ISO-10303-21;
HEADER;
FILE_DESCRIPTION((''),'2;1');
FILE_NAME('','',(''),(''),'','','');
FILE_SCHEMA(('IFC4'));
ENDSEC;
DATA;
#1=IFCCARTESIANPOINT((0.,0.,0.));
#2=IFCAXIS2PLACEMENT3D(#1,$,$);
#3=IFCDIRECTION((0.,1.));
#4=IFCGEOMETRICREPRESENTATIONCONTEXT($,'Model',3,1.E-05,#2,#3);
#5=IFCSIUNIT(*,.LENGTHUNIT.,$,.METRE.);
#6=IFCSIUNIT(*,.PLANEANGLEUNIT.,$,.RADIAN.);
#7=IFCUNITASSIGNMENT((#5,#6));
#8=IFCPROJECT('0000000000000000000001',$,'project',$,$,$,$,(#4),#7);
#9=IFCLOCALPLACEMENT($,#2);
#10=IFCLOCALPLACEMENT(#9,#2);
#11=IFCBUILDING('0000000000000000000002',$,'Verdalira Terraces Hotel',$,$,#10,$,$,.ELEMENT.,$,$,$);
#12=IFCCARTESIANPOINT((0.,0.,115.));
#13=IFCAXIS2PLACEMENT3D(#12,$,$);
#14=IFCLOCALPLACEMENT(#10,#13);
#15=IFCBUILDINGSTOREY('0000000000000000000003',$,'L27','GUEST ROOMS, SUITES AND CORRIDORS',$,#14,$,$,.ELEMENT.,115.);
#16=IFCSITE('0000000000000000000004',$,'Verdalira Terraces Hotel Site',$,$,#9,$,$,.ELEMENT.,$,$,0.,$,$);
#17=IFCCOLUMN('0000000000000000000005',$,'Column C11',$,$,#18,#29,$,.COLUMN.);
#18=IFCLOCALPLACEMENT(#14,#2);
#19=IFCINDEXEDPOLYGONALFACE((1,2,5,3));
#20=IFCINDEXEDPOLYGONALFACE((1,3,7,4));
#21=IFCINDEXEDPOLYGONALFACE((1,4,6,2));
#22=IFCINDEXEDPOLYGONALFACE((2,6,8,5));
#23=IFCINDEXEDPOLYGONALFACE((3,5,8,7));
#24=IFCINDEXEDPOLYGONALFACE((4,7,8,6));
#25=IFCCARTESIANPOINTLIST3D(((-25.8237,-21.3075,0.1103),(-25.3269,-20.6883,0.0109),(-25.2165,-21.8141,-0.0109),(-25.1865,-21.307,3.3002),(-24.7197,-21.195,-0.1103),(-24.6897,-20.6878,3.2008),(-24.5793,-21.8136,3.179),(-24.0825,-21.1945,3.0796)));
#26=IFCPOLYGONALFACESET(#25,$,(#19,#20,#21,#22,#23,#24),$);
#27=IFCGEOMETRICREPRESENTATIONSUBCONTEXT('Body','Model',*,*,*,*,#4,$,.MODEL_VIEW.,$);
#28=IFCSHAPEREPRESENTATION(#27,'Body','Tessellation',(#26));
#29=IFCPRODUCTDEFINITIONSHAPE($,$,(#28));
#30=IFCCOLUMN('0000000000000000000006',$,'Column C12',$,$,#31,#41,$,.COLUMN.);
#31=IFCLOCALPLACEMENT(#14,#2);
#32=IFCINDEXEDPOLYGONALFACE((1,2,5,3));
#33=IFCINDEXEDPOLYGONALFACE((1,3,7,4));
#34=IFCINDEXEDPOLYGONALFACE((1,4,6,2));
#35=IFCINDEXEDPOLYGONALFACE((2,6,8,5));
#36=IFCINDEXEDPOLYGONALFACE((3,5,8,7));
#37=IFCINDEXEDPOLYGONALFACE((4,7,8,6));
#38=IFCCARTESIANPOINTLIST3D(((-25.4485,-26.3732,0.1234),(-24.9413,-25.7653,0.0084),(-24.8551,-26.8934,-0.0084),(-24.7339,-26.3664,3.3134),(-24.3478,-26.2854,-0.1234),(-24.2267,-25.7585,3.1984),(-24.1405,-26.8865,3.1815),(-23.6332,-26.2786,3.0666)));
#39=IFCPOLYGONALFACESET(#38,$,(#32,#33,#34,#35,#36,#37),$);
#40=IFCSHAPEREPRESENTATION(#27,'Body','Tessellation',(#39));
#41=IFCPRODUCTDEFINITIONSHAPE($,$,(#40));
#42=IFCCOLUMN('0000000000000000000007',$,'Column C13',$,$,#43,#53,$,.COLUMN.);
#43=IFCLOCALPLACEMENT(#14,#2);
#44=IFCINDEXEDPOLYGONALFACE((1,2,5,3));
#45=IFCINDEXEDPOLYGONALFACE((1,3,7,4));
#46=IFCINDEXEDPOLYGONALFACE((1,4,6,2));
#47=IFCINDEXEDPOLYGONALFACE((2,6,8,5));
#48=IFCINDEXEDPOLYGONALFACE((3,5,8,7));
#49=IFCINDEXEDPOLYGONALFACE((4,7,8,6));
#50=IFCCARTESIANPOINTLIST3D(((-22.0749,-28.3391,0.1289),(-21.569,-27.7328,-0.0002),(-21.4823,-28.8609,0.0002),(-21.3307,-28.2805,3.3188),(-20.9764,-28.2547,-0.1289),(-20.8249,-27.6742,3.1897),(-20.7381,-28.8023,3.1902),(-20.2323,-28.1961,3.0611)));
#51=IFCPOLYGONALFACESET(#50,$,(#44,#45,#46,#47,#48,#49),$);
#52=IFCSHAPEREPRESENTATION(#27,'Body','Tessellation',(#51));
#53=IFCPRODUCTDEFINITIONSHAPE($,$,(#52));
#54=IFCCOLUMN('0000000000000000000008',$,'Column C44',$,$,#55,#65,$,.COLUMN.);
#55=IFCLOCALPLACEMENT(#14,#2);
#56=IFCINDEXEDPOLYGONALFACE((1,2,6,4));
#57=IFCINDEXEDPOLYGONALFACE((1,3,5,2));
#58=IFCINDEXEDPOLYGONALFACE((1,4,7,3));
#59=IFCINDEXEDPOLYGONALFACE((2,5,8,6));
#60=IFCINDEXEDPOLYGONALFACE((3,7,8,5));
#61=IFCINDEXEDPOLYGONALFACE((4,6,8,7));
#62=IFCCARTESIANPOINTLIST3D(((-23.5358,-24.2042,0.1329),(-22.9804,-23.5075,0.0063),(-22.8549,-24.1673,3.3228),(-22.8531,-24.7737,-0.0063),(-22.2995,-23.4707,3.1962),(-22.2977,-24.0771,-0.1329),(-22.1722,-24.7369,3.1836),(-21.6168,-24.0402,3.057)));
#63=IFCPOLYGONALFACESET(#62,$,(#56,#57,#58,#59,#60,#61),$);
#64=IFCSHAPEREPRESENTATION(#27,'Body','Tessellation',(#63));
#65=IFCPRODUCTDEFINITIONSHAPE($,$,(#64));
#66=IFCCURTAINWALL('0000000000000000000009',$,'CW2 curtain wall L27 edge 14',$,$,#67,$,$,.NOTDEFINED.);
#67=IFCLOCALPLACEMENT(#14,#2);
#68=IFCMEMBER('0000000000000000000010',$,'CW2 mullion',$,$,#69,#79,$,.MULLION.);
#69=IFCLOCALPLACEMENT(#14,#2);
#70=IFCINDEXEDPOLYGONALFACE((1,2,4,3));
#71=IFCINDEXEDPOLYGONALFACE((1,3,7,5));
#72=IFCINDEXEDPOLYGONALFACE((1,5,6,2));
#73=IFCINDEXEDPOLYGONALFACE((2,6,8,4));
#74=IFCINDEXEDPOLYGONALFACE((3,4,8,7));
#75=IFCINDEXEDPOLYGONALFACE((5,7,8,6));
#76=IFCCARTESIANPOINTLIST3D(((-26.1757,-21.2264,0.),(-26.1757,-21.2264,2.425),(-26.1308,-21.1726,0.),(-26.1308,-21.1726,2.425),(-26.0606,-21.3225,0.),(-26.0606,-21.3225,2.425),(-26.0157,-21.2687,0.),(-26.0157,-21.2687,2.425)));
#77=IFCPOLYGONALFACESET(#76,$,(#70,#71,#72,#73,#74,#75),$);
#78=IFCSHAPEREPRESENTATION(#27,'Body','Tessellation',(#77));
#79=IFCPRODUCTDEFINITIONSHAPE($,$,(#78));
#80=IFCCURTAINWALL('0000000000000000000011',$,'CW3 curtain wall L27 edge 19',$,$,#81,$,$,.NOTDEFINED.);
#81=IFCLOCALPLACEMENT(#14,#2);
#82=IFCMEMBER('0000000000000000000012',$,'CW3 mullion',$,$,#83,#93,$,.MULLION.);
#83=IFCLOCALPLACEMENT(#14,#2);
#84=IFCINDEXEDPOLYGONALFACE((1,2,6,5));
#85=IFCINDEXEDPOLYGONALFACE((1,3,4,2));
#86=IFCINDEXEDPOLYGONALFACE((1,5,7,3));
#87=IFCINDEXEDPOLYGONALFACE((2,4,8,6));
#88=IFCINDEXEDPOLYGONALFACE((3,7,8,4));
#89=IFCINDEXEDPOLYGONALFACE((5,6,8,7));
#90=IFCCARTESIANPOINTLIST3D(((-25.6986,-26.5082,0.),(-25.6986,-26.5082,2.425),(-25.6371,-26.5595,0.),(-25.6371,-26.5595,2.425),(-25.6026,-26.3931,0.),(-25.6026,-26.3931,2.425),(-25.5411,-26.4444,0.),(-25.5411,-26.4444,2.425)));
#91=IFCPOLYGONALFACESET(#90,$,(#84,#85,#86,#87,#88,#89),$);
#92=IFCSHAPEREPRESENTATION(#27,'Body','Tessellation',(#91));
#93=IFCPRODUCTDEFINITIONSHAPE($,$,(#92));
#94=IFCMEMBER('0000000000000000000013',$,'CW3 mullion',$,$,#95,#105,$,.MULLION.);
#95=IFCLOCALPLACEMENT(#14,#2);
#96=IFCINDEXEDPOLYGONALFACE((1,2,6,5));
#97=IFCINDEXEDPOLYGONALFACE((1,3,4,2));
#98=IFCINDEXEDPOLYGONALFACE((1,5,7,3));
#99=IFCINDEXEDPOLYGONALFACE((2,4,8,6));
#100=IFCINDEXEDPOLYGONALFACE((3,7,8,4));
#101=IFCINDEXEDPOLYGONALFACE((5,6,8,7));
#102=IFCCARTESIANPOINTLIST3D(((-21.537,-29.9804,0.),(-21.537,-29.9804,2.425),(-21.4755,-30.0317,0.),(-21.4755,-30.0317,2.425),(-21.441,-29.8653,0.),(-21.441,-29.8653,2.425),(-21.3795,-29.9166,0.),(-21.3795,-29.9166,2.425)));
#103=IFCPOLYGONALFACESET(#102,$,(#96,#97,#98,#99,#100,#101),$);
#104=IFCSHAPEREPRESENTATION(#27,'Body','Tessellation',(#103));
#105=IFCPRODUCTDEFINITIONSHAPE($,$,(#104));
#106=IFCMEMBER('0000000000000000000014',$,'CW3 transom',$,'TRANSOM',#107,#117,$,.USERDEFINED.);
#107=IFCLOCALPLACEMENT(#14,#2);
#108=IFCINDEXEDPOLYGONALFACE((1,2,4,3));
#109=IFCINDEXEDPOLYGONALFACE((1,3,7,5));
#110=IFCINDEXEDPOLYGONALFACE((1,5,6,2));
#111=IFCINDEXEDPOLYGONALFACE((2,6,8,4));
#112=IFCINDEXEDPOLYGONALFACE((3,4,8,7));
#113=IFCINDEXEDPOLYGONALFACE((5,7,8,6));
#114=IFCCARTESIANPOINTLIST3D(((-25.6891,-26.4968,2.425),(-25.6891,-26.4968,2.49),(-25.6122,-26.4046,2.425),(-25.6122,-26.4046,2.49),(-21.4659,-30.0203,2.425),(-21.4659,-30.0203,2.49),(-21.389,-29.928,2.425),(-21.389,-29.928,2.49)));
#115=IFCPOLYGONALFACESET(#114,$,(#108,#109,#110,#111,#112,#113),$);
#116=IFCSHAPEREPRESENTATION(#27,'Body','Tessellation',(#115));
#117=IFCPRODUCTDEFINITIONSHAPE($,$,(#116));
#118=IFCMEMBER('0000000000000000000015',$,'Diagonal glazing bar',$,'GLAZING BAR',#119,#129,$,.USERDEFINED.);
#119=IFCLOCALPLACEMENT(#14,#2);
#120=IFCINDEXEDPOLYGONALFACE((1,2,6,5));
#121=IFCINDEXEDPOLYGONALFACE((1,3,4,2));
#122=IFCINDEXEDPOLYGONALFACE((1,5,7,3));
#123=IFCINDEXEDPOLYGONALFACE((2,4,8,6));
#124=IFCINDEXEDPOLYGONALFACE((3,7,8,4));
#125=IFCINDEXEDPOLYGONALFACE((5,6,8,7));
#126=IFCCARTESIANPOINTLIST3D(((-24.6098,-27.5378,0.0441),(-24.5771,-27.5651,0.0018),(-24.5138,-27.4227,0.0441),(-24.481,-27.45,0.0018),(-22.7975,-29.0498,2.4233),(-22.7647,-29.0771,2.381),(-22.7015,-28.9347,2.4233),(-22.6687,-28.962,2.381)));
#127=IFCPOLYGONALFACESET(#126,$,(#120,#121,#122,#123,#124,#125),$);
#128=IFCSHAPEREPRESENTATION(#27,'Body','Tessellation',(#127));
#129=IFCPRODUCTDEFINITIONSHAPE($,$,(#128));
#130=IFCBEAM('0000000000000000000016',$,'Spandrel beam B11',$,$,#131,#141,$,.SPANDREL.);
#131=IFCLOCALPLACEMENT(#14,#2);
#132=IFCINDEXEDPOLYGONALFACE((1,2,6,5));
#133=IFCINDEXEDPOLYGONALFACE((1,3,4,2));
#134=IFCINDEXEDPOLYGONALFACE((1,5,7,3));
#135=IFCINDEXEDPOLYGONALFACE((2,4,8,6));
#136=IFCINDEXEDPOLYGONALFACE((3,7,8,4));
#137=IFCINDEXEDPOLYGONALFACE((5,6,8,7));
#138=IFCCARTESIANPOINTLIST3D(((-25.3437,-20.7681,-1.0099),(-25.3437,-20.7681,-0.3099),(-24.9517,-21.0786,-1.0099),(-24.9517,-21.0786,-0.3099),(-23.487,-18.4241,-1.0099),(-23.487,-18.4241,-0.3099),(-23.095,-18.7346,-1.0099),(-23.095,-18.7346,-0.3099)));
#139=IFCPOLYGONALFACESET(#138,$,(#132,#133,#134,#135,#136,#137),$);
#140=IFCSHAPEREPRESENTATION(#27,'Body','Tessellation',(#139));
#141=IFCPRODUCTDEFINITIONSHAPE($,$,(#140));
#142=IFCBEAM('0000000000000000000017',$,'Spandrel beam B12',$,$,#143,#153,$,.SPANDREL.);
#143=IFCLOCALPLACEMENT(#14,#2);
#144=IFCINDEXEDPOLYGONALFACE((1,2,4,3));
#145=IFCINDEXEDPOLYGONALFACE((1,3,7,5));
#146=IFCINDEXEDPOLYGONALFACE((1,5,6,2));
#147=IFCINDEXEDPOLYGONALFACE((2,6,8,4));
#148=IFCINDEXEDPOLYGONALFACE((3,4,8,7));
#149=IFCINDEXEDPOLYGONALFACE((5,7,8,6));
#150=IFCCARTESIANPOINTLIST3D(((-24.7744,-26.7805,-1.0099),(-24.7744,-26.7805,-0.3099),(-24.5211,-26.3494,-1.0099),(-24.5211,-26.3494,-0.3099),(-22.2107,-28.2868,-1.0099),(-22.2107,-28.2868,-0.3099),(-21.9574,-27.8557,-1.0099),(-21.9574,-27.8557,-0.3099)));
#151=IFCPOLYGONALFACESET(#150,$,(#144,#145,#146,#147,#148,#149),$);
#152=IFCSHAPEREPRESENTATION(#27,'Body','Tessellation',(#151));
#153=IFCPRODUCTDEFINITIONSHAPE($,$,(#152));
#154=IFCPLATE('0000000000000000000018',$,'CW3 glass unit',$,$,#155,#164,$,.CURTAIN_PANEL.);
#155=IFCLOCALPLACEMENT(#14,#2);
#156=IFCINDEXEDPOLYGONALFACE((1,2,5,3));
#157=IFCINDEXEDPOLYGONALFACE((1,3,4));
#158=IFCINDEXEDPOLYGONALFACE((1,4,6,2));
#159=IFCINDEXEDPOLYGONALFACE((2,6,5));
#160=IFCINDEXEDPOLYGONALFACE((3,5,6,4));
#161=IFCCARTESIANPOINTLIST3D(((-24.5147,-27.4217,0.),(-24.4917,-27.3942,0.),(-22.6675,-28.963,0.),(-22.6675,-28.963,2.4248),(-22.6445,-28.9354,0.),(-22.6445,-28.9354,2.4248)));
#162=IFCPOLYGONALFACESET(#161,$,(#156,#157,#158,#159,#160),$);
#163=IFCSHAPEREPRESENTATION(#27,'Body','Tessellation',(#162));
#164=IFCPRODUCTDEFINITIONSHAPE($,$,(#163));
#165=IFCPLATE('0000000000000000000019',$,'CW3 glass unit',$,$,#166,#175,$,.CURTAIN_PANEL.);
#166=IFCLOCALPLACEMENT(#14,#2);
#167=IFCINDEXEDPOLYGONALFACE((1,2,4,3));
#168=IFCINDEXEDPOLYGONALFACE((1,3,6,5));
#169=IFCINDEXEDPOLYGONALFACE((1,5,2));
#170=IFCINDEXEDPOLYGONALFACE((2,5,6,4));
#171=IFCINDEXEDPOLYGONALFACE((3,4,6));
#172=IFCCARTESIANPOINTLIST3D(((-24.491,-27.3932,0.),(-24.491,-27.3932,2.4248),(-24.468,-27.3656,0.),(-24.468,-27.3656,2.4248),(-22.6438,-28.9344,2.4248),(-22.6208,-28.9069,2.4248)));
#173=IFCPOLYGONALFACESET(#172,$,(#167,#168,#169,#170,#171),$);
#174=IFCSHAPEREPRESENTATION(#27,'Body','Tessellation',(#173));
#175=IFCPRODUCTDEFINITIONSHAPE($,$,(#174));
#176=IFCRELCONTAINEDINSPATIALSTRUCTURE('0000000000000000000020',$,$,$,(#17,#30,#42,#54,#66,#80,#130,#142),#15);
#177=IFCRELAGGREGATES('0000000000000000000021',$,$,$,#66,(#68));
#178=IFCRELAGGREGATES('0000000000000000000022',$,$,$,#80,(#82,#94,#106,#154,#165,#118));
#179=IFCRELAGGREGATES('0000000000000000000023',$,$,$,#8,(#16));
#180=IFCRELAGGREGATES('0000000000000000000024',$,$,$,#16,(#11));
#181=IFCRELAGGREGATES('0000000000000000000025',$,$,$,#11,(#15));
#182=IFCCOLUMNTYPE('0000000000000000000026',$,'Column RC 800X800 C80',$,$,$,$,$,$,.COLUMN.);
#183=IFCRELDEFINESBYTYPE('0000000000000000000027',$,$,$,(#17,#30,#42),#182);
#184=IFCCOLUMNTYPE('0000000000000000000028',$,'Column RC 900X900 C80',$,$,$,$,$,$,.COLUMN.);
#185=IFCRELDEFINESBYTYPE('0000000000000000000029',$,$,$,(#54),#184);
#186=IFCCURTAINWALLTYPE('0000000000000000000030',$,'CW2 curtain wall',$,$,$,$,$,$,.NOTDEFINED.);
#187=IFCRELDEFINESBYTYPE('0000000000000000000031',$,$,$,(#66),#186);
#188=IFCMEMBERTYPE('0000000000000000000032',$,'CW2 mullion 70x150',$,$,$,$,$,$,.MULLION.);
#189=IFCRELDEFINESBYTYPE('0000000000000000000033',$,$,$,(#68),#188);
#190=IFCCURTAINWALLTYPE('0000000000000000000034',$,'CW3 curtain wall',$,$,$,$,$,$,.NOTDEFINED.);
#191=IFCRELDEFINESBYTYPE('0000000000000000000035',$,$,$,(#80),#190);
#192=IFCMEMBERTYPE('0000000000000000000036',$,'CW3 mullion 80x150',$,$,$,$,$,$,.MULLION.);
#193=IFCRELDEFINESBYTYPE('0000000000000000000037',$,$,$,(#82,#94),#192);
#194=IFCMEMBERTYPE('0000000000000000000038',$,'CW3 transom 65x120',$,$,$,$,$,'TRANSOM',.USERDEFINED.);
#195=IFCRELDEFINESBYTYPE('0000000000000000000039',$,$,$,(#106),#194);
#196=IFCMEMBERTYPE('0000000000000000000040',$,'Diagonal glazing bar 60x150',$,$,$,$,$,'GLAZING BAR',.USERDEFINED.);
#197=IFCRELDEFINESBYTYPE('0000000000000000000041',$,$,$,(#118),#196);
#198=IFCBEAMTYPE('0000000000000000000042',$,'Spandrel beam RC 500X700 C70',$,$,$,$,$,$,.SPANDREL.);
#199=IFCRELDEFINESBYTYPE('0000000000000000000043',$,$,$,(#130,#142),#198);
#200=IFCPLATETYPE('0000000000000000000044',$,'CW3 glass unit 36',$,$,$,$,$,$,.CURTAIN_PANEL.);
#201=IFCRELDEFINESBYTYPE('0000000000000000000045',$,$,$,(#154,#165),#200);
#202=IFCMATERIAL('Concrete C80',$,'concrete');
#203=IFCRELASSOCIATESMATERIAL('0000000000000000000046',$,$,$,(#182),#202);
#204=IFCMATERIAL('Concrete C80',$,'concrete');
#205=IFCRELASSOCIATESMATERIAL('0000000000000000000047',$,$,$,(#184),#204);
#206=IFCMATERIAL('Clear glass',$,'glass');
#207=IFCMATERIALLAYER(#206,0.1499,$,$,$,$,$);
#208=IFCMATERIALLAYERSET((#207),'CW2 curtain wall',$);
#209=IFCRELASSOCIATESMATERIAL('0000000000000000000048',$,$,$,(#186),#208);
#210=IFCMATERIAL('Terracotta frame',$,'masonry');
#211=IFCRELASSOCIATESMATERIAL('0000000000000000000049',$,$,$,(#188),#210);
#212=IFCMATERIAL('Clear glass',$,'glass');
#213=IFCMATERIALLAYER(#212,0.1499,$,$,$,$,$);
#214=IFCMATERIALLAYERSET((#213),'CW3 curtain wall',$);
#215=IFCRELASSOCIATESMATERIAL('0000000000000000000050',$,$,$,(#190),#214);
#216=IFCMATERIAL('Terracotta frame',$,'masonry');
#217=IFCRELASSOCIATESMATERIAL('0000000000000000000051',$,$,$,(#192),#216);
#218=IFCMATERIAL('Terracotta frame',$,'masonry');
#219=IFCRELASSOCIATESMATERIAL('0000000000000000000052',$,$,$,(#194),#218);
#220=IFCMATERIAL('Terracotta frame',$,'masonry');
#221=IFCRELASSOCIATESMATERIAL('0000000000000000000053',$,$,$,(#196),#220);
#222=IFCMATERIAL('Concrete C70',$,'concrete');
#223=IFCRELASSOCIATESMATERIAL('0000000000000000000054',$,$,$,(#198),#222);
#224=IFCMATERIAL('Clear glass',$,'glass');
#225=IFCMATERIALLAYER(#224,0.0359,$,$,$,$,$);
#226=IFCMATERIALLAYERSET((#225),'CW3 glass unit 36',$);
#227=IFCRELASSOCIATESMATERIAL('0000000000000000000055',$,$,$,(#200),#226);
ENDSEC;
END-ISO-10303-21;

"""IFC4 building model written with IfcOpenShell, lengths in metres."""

from ifc_helpers import new_model, si_unit, direction, frame, origin, origin_2d, place, context, subcontext, project, spatial, polyline, rectangle, outline, extrude, material, layer, layer_set, material_profile, profile_set, type_object, element, aggregate, save


model = new_model("IFC4")

# Units and contexts
model_context = context("Model", 3, precision=1e-05, world=origin(), true_north=direction((0.0, 1.0)))
body_context = subcontext(model_context, "Body", "Model", "MODEL_VIEW")
ifc_project = project(units=[si_unit("LENGTHUNIT", "METRE"), si_unit("PLANEANGLEUNIT", "RADIAN")], contexts=[model_context])

# Site, building, storey
site_placement = place(None, origin())
site = spatial("IfcSite", under=ifc_project, at=site_placement, Name="Verdalira Terraces Hotel Site", CompositionType="ELEMENT", RefElevation=0.0)
building_placement = place(site_placement, origin())
building = spatial("IfcBuilding", under=site, at=building_placement, Name="Verdalira Terraces Hotel", CompositionType="ELEMENT")
storey_placement = place(building_placement, frame((0.0, 0.0, 115.0)))
storey = spatial("IfcBuildingStorey", under=building, at=storey_placement, Name="L27", Description="GUEST ROOMS, SUITES AND CORRIDORS", CompositionType="ELEMENT", Elevation=115.0)

# Columns
ifc_material_1 = material(Name="Concrete C80", Category="concrete")
ifc_material_profile_1 = material_profile(ifc_material_1, rectangle(XDim=0.8, YDim=0.8, at=origin_2d()), Name="RC 800X800")
ifc_profile_set_1 = profile_set([ifc_material_profile_1], Name="Concrete C80")
column_type_1 = type_object("IfcColumnType", Name="Column RC 800X800 C80", PredefinedType="COLUMN", material=ifc_profile_set_1)
column_1_placement = place(storey_placement, frame((-25.2717, -21.2512, 0.0), z_axis=(0.195885, 0.00015, 0.980627), x_axis=(-0.620998, -0.773915, 0.124166)))
element("IfcColumn", 1, at=column_1_placement, inside=storey, type_object=column_type_1, Name="Column C11", PredefinedType="COLUMN", context=body_context, shape_type="SweptSolid", body=[
    extrude(rectangle(XDim=0.8, YDim=0.8, at=origin_2d()), origin(), (0.0, 0.0, 1.0), 3.2529),
])
column_2_placement = place(storey_placement, frame((-24.8982, -26.3293, 0.0), z_axis=(0.218598, 0.002091, 0.975813), x_axis=(0.741763, -0.650106, -0.164774)))
element("IfcColumn", 2, at=column_2_placement, inside=storey, type_object=column_type_1, Name="Column C12", PredefinedType="COLUMN", context=body_context, shape_type="SweptSolid", body=[
    extrude(rectangle(XDim=0.8, YDim=0.8, at=origin_2d()), origin(), (0.0, 0.0, 1.0), 3.269),
])
column_3_placement = place(storey_placement, frame((-21.5256, -28.2969, 0.0), z_axis=(0.227141, 0.017885, 0.973698), x_axis=(0.740705, -0.652302, -0.160808)))
element("IfcColumn", 3, at=column_3_placement, inside=storey, type_object=column_type_1, Name="Column C13", PredefinedType="COLUMN", context=body_context, shape_type="SweptSolid", body=[
    extrude(rectangle(XDim=0.8, YDim=0.8, at=origin_2d()), origin(), (0.0, 0.0, 1.0), 3.2761),
])
ifc_material_2 = material(Name="Concrete C80", Category="concrete")
ifc_material_profile_2 = material_profile(ifc_material_2, rectangle(XDim=0.8999, YDim=0.8999, at=origin_2d()), Name="RC 900X900")
ifc_profile_set_2 = profile_set([ifc_material_profile_2], Name="Concrete C80")
column_type_2 = type_object("IfcColumnType", Name="Column RC 900X900 C80", PredefinedType="COLUMN", material=ifc_profile_set_2)
column_4_placement = place(storey_placement, frame((-22.9167, -24.1406, 0.0), z_axis=(0.208739, 0.011301, 0.977906), x_axis=(-0.617188, -0.774136, 0.140688)))
element("IfcColumn", 4, at=column_4_placement, inside=storey, type_object=column_type_2, Name="Column C44", PredefinedType="COLUMN", context=body_context, shape_type="SweptSolid", body=[
    extrude(rectangle(XDim=0.8999, YDim=0.8999, at=origin_2d()), origin(), (0.0, 0.0, 1.0), 3.262),
])

# Curtain wall, member
ifc_material_3 = material(Name="Clear glass", Category="glass")
ifc_layer_1 = layer(ifc_material_3, 0.1499)
ifc_layer_set_1 = layer_set([ifc_layer_1], Name="CW2 curtain wall")
curtain_wall_type_1 = type_object("IfcCurtainWallType", Name="CW2 curtain wall", PredefinedType="NOTDEFINED", material=ifc_layer_set_1)
curtain_wall_1_placement = place(storey_placement, origin())
curtain_wall_1 = element("IfcCurtainWall", 5, at=curtain_wall_1_placement, inside=storey, type_object=curtain_wall_type_1, Name="CW2 curtain wall L27 edge 14", PredefinedType="NOTDEFINED")
ifc_material_4 = material(Name="Terracotta frame", Category="masonry")
ifc_material_profile_3 = material_profile(ifc_material_4, rectangle(XDim=0.0701, YDim=0.1499, at=origin_2d()), Name="MU 70x150")
ifc_profile_set_3 = profile_set([ifc_material_profile_3], Name="Terracotta frame")
member_type_1 = type_object("IfcMemberType", Name="CW2 mullion 70x150", PredefinedType="MULLION", material=ifc_profile_set_3)
member_1_placement = place(storey_placement, frame((-26.0957, -21.2476, 0.0), z_axis=(0.0, 0.0, 1.0), x_axis=(-0.640646, -0.767836, 0.0)))
member_1 = element("IfcMember", 6, at=member_1_placement, type_object=member_type_1, Name="CW2 mullion", PredefinedType="MULLION", context=body_context, shape_type="SweptSolid", body=[
    extrude(rectangle(XDim=0.0701, YDim=0.1499, at=origin_2d()), origin(), (0.0, 0.0, 1.0), 2.425),
])
aggregate(curtain_wall_1, [member_1])

# Curtain wall, members
ifc_material_5 = material(Name="Clear glass", Category="glass")
ifc_layer_2 = layer(ifc_material_5, 0.1499)
ifc_layer_set_2 = layer_set([ifc_layer_2], Name="CW3 curtain wall")
curtain_wall_type_2 = type_object("IfcCurtainWallType", Name="CW3 curtain wall", PredefinedType="NOTDEFINED", material=ifc_layer_set_2)
curtain_wall_2_placement = place(storey_placement, origin())
curtain_wall_2 = element("IfcCurtainWall", 7, at=curtain_wall_2_placement, inside=storey, type_object=curtain_wall_type_2, Name="CW3 curtain wall L27 edge 19", PredefinedType="NOTDEFINED")
ifc_material_6 = material(Name="Terracotta frame", Category="masonry")
ifc_material_profile_4 = material_profile(ifc_material_6, rectangle(XDim=0.0801, YDim=0.1499, at=origin_2d()), Name="MU 80x150")
ifc_profile_set_4 = profile_set([ifc_material_profile_4], Name="Terracotta frame")
member_type_2 = type_object("IfcMemberType", Name="CW3 mullion 80x150", PredefinedType="MULLION", material=ifc_profile_set_4)
member_2_placement = place(storey_placement, frame((-25.6199, -26.4763, 0.0), z_axis=(0.0, 0.0, 1.0), x_axis=(0.767836, -0.640646, 0.0)))
member_2 = element("IfcMember", 8, at=member_2_placement, type_object=member_type_2, Name="CW3 mullion", PredefinedType="MULLION", context=body_context, shape_type="SweptSolid", body=[
    extrude(rectangle(XDim=0.0801, YDim=0.1499, at=origin_2d()), origin(), (0.0, 0.0, 1.0), 2.425),
])
member_3_placement = place(storey_placement, frame((-21.4583, -29.9485, 0.0), z_axis=(0.0, 0.0, 1.0), x_axis=(0.767836, -0.640646, 0.0)))
member_3 = element("IfcMember", 9, at=member_3_placement, type_object=member_type_2, Name="CW3 mullion", PredefinedType="MULLION", context=body_context, shape_type="SweptSolid", body=[
    extrude(rectangle(XDim=0.0801, YDim=0.1499, at=origin_2d()), origin(), (0.0, 0.0, 1.0), 2.425),
])
ifc_material_7 = material(Name="Terracotta frame", Category="masonry")
ifc_material_profile_5 = material_profile(ifc_material_7, rectangle(XDim=0.1201, YDim=0.0649, at=origin_2d()), Name="TR 65x120")
ifc_profile_set_5 = profile_set([ifc_material_profile_5], Name="Terracotta frame")
member_type_3 = type_object("IfcMemberType", Name="CW3 transom 65x120", ElementType="TRANSOM", PredefinedType="USERDEFINED", material=ifc_profile_set_5)
member_4_placement = place(storey_placement, frame((-25.6506, -26.4507, 2.4575), z_axis=(0.76785, -0.64063, 0.0), x_axis=(0.64063, 0.76785, 0.0)))
member_4 = element("IfcMember", 10, at=member_4_placement, type_object=member_type_3, Name="CW3 transom", ObjectType="TRANSOM", PredefinedType="USERDEFINED", context=body_context, shape_type="SweptSolid", body=[
    extrude(rectangle(XDim=0.1201, YDim=0.0649, at=origin_2d()), origin(), (0.0, 0.0, 1.0), 5.5),
])
ifc_material_8 = material(Name="Terracotta frame", Category="masonry")
ifc_material_profile_6 = material_profile(ifc_material_8, rectangle(XDim=0.1499, YDim=0.0601, at=origin_2d()), Name="GB 60x150")
ifc_profile_set_6 = profile_set([ifc_material_profile_6], Name="Terracotta frame")
member_type_4 = type_object("IfcMemberType", Name="Diagonal glazing bar 60x150", ElementType="GLAZING BAR", PredefinedType="USERDEFINED", material=ifc_profile_set_6)
member_5_placement = place(storey_placement, frame((-24.5454, -27.4939, 0.0229), z_axis=(0.540775, -0.451168, 0.709936), x_axis=(0.640622, 0.767857, 0.0)))
member_5 = element("IfcMember", 11, at=member_5_placement, type_object=member_type_4, Name="Diagonal glazing bar", ObjectType="GLAZING BAR", PredefinedType="USERDEFINED", context=body_context, shape_type="SweptSolid", body=[
    extrude(rectangle(XDim=0.1499, YDim=0.0601, at=origin_2d()), origin(), (0.0, 0.0, 1.0), 3.3513),
])

# Beams
ifc_material_9 = material(Name="Concrete C70", Category="concrete")
ifc_material_profile_7 = material_profile(ifc_material_9, rectangle(XDim=0.5, YDim=0.7, at=origin_2d()), Name="RC 500X700")
ifc_profile_set_7 = profile_set([ifc_material_profile_7], Name="Concrete C70")
beam_type = type_object("IfcBeamType", Name="Spandrel beam RC 500X700 C70", PredefinedType="SPANDREL", material=ifc_profile_set_7)
beam_1_placement = place(storey_placement, frame((-23.291, -18.5793, -0.6599), z_axis=(-0.620914, -0.783879, 0.0), x_axis=(0.783879, -0.620914, 0.0)))
element("IfcBeam", 12, at=beam_1_placement, inside=storey, type_object=beam_type, Name="Spandrel beam B11", PredefinedType="SPANDREL", context=body_context, shape_type="SweptSolid", body=[
    extrude(rectangle(XDim=0.5, YDim=0.7, at=origin_2d()), origin(), (0.0, 0.0, 1.0), 2.9902),
])
beam_2_placement = place(storey_placement, frame((-24.6477, -26.5649, -0.6599), z_axis=(0.862187, -0.506589, 0.0), x_axis=(0.506589, 0.862187, 0.0)))
element("IfcBeam", 13, at=beam_2_placement, inside=storey, type_object=beam_type, Name="Spandrel beam B12", PredefinedType="SPANDREL", context=body_context, shape_type="SweptSolid", body=[
    extrude(rectangle(XDim=0.5, YDim=0.7, at=origin_2d()), origin(), (0.0, 0.0, 1.0), 2.9734),
])

# Plates
ifc_material_10 = material(Name="Clear glass", Category="glass")
ifc_layer_3 = layer(ifc_material_10, 0.0359)
ifc_layer_set_3 = layer_set([ifc_layer_3], Name="CW3 glass unit 36")
plate_type = type_object("IfcPlateType", Name="CW3 glass unit 36", PredefinedType="CURTAIN_PANEL", material=ifc_layer_set_3)
plate_1_placement = place(storey_placement, frame((-23.5681, -28.1648, 1.2124), z_axis=(-0.640646, -0.767836, 0.0), x_axis=(0.767836, -0.640646, 0.0)))
plate_1 = element("IfcPlate", 14, at=plate_1_placement, type_object=plate_type, Name="CW3 glass unit", PredefinedType="CURTAIN_PANEL", context=body_context, shape_type="SweptSolid", body=[
    extrude(outline(polyline([(-1.2029, -1.2124), (1.2029, -1.2124), (1.2029, 1.2124), (-1.2029, -1.2124)])), origin(), (0.0, 0.0, 1.0), 0.0359),
])
plate_2_placement = place(storey_placement, frame((-23.5444, -28.1362, 1.2124), z_axis=(-0.640646, -0.767836, 0.0), x_axis=(0.767836, -0.640646, 0.0)))
plate_2 = element("IfcPlate", 15, at=plate_2_placement, type_object=plate_type, Name="CW3 glass unit", PredefinedType="CURTAIN_PANEL", context=body_context, shape_type="SweptSolid", body=[
    extrude(outline(polyline([(-1.2029, -1.2124), (1.2029, 1.2124), (-1.2029, 1.2124), (-1.2029, -1.2124)])), origin(), (0.0, 0.0, 1.0), 0.0359),
])
aggregate(curtain_wall_2, [member_2, member_3, member_4, plate_1, plate_2, member_5])

save(model, "model.ifc")
